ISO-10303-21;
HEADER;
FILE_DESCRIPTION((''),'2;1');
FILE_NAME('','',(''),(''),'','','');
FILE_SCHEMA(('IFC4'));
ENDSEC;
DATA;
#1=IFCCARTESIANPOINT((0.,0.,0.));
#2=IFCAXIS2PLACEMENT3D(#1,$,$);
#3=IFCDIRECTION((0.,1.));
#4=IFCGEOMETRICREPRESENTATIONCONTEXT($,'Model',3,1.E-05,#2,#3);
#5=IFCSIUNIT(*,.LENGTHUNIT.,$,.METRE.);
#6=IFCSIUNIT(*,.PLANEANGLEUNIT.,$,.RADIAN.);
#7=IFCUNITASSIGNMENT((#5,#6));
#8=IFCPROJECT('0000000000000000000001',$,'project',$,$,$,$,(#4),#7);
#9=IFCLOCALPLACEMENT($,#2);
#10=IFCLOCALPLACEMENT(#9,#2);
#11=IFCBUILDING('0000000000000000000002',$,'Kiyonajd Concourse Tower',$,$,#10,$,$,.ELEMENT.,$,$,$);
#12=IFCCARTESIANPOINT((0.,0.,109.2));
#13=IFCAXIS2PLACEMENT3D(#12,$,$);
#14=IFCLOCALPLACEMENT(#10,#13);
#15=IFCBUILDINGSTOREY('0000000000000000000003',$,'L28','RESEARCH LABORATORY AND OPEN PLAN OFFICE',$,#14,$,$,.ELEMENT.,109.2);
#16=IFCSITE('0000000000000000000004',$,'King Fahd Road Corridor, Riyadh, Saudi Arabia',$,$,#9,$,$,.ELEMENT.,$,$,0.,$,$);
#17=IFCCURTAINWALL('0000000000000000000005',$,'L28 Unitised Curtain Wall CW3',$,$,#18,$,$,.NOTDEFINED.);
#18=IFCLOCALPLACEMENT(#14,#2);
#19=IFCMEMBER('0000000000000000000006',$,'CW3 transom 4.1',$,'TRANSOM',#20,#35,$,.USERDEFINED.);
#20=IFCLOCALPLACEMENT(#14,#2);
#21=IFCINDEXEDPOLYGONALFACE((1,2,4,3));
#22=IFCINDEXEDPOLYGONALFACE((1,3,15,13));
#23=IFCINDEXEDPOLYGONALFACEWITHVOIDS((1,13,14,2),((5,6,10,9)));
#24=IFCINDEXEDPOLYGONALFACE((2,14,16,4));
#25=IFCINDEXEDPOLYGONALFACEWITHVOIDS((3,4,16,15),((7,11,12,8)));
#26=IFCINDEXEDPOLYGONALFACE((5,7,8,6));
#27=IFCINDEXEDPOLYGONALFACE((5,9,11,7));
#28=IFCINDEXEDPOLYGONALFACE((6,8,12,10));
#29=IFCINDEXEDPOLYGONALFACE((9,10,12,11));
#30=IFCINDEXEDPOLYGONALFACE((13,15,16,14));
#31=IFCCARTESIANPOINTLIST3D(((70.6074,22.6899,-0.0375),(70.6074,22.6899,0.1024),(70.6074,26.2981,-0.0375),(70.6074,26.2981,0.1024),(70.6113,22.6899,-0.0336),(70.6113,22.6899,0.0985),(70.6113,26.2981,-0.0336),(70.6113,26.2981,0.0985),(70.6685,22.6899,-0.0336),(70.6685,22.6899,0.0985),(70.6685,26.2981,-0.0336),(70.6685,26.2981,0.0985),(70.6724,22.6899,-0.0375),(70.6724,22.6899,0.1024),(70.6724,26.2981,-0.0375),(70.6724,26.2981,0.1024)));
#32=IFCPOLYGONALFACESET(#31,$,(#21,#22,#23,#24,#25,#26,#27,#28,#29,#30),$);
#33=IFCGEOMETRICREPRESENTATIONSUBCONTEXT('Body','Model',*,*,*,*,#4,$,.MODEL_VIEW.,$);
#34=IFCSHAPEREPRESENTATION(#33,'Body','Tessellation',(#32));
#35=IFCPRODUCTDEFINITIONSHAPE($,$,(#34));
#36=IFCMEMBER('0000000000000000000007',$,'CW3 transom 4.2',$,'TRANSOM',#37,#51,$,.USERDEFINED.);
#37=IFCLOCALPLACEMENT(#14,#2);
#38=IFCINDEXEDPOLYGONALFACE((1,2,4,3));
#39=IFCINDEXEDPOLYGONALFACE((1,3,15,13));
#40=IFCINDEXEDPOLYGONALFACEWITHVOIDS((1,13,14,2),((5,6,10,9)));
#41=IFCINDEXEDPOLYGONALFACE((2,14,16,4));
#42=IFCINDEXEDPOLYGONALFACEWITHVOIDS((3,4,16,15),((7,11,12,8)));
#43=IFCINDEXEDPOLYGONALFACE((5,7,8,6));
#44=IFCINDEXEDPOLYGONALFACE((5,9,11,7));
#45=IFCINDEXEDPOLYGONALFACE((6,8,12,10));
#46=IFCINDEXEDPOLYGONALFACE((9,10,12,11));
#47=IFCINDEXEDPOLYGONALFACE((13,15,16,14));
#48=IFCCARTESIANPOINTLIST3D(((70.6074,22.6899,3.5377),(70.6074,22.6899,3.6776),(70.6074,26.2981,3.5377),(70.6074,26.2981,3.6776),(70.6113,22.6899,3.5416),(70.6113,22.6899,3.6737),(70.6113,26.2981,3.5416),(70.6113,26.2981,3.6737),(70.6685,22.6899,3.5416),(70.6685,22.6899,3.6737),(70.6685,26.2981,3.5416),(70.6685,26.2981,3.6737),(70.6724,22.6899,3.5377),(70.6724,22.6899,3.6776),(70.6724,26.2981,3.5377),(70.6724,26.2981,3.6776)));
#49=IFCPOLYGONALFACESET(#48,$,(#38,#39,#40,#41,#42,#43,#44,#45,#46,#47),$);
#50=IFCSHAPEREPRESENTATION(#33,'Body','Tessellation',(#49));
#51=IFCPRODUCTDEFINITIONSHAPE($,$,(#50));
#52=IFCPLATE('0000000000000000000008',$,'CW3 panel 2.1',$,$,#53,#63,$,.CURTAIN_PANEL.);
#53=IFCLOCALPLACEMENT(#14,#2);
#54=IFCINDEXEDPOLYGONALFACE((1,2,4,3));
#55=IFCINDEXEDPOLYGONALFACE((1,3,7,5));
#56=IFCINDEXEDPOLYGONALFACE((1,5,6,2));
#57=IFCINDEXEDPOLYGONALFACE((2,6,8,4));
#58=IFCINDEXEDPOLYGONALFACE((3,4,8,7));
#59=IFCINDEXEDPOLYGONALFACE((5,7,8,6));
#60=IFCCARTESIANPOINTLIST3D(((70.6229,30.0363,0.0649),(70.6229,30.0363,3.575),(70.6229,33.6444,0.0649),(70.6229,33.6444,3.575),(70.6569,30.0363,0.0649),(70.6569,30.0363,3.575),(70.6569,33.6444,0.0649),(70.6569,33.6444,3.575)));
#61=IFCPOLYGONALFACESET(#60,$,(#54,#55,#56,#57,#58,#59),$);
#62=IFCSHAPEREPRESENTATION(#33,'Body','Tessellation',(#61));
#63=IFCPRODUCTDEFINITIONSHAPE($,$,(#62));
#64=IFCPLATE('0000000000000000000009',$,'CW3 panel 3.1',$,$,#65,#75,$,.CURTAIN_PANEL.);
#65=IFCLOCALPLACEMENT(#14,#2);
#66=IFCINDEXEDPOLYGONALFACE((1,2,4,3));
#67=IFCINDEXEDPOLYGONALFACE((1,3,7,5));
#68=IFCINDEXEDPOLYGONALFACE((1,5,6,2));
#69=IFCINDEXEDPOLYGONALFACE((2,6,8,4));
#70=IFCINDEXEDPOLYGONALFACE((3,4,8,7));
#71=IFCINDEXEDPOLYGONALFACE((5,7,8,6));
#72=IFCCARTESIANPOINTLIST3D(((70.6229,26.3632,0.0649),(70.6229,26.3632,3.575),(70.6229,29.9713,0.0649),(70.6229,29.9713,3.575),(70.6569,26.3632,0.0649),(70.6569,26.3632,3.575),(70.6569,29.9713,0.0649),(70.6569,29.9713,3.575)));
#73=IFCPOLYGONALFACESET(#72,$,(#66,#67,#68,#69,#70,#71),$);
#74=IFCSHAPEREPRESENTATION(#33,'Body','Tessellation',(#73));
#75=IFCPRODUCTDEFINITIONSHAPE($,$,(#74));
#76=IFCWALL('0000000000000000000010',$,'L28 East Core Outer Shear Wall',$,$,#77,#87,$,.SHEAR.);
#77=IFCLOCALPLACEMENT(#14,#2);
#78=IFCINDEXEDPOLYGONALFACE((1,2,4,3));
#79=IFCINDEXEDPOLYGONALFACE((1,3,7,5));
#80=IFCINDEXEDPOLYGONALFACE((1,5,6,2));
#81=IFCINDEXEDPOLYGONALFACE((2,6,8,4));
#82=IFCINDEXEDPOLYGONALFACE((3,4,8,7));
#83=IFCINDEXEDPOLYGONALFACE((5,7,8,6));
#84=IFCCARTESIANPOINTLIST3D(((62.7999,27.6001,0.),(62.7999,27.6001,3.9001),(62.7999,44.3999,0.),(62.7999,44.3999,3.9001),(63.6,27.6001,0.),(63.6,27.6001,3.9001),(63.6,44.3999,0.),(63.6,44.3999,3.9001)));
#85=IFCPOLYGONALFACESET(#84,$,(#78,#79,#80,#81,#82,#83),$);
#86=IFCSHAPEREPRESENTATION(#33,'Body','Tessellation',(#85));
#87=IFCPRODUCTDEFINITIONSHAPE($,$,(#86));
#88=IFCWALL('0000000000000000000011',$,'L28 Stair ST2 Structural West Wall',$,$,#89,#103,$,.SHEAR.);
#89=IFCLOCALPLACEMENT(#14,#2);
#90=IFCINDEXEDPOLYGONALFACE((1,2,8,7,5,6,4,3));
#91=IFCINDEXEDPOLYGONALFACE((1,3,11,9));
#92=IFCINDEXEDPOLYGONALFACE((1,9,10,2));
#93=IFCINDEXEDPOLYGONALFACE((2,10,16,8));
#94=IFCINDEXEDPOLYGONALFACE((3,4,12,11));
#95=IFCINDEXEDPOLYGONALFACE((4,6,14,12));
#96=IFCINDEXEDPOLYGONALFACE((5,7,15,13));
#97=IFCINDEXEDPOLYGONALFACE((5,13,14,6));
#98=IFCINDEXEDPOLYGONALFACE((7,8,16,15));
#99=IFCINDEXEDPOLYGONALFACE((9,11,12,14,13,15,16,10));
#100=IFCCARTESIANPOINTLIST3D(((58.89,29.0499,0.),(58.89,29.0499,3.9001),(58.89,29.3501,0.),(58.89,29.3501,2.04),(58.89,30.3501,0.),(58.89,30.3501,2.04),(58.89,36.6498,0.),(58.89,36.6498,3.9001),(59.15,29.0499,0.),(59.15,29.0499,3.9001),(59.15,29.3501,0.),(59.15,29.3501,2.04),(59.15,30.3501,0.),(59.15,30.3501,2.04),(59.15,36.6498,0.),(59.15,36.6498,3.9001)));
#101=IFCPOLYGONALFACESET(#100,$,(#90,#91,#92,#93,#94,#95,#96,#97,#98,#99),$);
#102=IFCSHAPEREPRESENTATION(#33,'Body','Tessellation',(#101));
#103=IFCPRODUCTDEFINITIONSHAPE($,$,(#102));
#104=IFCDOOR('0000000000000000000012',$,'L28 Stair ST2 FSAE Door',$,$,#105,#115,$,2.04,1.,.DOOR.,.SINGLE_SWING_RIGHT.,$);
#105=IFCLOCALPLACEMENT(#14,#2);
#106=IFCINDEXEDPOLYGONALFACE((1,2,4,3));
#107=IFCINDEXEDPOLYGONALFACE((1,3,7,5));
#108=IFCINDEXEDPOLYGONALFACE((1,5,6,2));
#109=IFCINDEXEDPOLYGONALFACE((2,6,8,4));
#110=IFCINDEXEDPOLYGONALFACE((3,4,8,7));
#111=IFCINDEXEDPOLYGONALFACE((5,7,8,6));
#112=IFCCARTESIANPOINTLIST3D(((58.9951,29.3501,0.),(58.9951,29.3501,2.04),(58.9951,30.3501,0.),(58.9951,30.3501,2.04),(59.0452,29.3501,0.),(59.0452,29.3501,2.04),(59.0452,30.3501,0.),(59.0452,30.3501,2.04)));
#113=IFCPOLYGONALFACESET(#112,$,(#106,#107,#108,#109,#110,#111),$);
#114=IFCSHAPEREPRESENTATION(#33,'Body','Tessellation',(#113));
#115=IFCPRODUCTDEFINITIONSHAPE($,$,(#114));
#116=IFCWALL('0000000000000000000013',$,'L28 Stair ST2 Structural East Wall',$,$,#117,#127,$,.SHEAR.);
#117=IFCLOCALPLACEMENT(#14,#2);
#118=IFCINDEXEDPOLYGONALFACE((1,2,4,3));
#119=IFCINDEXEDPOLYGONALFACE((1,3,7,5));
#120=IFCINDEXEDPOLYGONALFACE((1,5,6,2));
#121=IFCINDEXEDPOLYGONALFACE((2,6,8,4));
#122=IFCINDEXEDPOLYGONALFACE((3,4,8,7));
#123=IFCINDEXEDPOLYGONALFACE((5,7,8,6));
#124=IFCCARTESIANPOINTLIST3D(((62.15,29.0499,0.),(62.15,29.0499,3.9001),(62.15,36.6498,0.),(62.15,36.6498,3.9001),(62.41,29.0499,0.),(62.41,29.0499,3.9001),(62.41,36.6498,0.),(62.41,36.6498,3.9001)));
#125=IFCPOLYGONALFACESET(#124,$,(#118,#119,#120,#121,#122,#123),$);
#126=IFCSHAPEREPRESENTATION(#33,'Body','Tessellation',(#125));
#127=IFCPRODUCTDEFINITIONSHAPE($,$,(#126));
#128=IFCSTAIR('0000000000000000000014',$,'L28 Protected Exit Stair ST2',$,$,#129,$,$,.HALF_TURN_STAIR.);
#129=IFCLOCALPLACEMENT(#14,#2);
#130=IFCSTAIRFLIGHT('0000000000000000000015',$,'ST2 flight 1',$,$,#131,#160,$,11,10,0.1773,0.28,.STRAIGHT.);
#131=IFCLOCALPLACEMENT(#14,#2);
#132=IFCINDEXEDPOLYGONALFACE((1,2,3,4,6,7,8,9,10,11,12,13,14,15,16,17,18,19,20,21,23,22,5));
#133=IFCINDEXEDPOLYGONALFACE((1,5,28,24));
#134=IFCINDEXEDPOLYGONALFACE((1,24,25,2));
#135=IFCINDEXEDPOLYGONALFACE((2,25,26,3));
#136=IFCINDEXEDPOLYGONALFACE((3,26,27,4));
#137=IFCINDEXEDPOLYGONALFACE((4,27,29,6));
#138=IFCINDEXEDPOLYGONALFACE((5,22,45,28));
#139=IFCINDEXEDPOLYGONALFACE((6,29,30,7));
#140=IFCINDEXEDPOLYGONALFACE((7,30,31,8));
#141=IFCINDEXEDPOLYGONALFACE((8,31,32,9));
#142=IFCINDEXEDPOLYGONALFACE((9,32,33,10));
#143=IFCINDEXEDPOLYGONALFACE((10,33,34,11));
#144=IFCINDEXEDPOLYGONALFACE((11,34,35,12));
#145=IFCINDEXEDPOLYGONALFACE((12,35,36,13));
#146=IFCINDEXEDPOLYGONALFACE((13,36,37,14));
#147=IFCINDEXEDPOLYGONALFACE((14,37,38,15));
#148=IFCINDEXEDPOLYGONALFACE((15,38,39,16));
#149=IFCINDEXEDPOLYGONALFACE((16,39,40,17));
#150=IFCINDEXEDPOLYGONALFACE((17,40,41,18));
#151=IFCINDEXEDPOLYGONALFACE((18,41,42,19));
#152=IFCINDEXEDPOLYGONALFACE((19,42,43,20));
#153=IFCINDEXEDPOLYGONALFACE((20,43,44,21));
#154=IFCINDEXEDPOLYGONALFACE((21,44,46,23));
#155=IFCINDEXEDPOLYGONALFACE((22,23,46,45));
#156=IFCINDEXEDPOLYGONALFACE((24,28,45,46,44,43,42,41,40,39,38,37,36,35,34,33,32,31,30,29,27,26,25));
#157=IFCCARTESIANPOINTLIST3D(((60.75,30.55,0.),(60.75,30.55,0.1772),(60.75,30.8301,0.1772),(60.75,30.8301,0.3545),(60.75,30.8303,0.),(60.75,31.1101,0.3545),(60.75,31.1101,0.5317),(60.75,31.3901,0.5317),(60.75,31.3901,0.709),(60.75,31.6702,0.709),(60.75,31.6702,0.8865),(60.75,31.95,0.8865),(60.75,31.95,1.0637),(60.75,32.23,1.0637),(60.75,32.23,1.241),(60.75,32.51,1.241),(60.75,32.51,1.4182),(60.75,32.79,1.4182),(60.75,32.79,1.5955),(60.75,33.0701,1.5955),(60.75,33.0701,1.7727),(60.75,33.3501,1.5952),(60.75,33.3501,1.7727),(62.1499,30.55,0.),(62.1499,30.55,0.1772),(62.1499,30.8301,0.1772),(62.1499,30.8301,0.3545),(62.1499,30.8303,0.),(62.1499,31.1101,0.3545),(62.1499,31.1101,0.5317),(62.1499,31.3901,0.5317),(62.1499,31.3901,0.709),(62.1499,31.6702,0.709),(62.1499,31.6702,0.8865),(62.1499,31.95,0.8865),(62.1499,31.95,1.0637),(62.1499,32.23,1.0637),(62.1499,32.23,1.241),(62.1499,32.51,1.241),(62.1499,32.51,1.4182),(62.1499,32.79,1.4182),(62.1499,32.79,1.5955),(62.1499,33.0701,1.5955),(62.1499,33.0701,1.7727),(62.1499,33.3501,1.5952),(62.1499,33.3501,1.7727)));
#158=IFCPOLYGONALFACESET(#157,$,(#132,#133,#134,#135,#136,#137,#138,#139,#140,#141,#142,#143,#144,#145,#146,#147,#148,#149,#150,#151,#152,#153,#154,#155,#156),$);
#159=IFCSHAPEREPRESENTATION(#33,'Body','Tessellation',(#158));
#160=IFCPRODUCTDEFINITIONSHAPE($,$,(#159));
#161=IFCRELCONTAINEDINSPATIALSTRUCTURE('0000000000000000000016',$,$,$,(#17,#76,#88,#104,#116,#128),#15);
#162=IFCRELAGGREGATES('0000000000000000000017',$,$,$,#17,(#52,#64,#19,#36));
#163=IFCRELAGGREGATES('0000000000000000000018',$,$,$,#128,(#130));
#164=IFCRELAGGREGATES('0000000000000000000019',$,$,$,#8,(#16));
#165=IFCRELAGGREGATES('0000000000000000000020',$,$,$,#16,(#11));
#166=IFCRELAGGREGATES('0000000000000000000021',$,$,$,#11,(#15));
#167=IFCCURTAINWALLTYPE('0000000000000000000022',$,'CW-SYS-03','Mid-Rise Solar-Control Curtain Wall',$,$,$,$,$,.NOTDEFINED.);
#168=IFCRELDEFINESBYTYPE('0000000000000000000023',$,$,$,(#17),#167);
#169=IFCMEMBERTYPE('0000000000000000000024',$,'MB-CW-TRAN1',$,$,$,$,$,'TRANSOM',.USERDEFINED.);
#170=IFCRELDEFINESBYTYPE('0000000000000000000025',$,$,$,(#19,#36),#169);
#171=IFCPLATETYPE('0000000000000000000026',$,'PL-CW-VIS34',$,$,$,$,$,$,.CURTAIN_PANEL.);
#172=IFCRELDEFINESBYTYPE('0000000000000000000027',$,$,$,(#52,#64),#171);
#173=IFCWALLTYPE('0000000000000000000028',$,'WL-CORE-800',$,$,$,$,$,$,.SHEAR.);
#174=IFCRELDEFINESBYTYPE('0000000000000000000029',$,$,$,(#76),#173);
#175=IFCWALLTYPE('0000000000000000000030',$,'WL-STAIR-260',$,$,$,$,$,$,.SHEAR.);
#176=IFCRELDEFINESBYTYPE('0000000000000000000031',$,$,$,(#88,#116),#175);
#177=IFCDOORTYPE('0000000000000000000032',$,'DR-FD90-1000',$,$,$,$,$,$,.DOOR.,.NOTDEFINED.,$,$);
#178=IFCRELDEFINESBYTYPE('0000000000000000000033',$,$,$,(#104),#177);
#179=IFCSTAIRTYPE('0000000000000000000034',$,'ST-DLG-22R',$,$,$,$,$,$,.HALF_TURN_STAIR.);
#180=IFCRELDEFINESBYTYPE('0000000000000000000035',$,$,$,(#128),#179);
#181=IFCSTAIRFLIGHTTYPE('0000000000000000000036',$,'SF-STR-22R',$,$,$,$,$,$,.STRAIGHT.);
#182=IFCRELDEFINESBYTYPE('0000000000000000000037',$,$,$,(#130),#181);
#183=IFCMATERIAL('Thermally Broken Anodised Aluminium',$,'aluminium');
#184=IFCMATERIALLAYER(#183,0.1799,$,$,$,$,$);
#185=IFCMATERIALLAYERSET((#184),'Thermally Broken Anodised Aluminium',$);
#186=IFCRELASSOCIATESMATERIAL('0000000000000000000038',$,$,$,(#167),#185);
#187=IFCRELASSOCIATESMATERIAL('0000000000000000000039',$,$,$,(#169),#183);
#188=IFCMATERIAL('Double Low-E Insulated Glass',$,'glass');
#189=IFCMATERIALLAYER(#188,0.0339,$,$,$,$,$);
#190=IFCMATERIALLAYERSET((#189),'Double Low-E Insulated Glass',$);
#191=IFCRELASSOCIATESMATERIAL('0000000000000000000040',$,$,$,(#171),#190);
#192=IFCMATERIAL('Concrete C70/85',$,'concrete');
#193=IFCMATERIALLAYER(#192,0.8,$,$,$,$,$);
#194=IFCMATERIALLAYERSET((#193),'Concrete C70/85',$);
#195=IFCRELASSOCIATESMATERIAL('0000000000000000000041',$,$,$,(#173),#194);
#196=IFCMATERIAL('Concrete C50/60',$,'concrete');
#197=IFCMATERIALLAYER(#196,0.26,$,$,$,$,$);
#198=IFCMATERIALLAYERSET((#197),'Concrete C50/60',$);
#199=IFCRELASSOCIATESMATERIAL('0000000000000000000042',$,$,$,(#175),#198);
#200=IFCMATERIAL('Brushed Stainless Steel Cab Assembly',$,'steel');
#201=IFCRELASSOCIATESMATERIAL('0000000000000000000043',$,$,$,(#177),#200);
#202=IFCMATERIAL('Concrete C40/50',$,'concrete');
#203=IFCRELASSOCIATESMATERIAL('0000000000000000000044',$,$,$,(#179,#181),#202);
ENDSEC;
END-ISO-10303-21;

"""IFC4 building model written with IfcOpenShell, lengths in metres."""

from ifc_helpers import new_model, si_unit, direction, frame, frame_2d, origin, origin_2d, place, context, subcontext, project, spatial, polyline, rectangle, hollow_rectangle, outline, extrude, material, layer, layer_set, material_profile, profile_set, type_object, element, fill, aggregate, save


model = new_model("IFC4")

# Units and contexts
model_context = context("Model", 3, precision=1e-05, world=origin(), true_north=direction((0.0, 1.0)))
body_context = subcontext(model_context, "Body", "Model", "MODEL_VIEW")
ifc_project = project(units=[si_unit("LENGTHUNIT", "METRE"), si_unit("PLANEANGLEUNIT", "RADIAN")], contexts=[model_context])

# Site, building, storey
site_placement = place(None, origin())
site = spatial("IfcSite", under=ifc_project, at=site_placement, Name="King Fahd Road Corridor, Riyadh, Saudi Arabia", CompositionType="ELEMENT", RefElevation=0.0)
building_placement = place(site_placement, origin())
building = spatial("IfcBuilding", under=site, at=building_placement, Name="Kiyonajd Concourse Tower", CompositionType="ELEMENT")
storey_placement = place(building_placement, frame((0.0, 0.0, 109.2)))
storey = spatial("IfcBuildingStorey", under=building, at=storey_placement, Name="L28", Description="RESEARCH LABORATORY AND OPEN PLAN OFFICE", CompositionType="ELEMENT", Elevation=109.2)

# Shared definitions
ifc_material_1 = material(Name="Concrete C70/85", Category="concrete")

# Curtain wall, members, plates
ifc_material_2 = material(Name="Thermally Broken Anodised Aluminium", Category="aluminium")
ifc_layer_1 = layer(ifc_material_2, 0.1799)
ifc_layer_set_1 = layer_set([ifc_layer_1], Name="Thermally Broken Anodised Aluminium")
curtain_wall_type = type_object("IfcCurtainWallType", Name="CW-SYS-03", Description="Mid-Rise Solar-Control Curtain Wall", PredefinedType="NOTDEFINED", material=ifc_layer_set_1)
curtain_wall_placement = place(storey_placement, origin())
curtain_wall = element("IfcCurtainWall", 1, at=curtain_wall_placement, inside=storey, type_object=curtain_wall_type, Name="L28 Unitised Curtain Wall CW3", PredefinedType="NOTDEFINED")
ifc_material_profile_1 = material_profile(ifc_material_2, hollow_rectangle(XDim=0.0649, YDim=0.1399, WallThickness=0.0039, at=origin_2d()), Name="TRAN-65x140")
ifc_profile_set_1 = profile_set([ifc_material_profile_1], Name="Thermally Broken Anodised Aluminium")
member_type_1 = type_object("IfcMemberType", Name="MB-CW-TRAN1", ElementType="TRANSOM", PredefinedType="USERDEFINED", material=ifc_profile_set_1)
member_1_placement = place(storey_placement, frame((70.6399, 26.2981, 0.0325), z_axis=(0.0, -1.0, 0.0), x_axis=(1.0, 0.0, 0.0)))
member_1 = element("IfcMember", 2, at=member_1_placement, type_object=member_type_1, Name="CW3 transom 4.1", ObjectType="TRANSOM", PredefinedType="USERDEFINED", context=body_context, shape_type="SweptSolid", body=[
    extrude(hollow_rectangle(XDim=0.0649, YDim=0.1399, WallThickness=0.0039, at=origin_2d()), origin(), (0.0, 0.0, 1.0), 3.6082),
])
member_2_placement = place(storey_placement, frame((70.6399, 26.2981, 3.6077), z_axis=(0.0, -1.0, 0.0), x_axis=(1.0, 0.0, 0.0)))
member_2 = element("IfcMember", 3, at=member_2_placement, type_object=member_type_1, Name="CW3 transom 4.2", ObjectType="TRANSOM", PredefinedType="USERDEFINED", context=body_context, shape_type="SweptSolid", body=[
    extrude(hollow_rectangle(XDim=0.0649, YDim=0.1399, WallThickness=0.0039, at=origin_2d()), origin(), (0.0, 0.0, 1.0), 3.6082),
])
ifc_material_3 = material(Name="Double Low-E Insulated Glass", Category="glass")
ifc_layer_2 = layer(ifc_material_3, 0.0339)
ifc_layer_set_2 = layer_set([ifc_layer_2], Name="Double Low-E Insulated Glass")
plate_type = type_object("IfcPlateType", Name="PL-CW-VIS34", PredefinedType="CURTAIN_PANEL", material=ifc_layer_set_2)
plate_1_placement = place(storey_placement, frame((70.6399, 31.8403, 0.0649), z_axis=(0.0, 0.0, 1.0), x_axis=(0.0, -1.0, 0.0)))
plate_1 = element("IfcPlate", 4, at=plate_1_placement, type_object=plate_type, Name="CW3 panel 2.1", PredefinedType="CURTAIN_PANEL", context=body_context, shape_type="SweptSolid", body=[
    extrude(rectangle(XDim=3.6082, YDim=0.0339, at=origin_2d()), origin(), (0.0, 0.0, 1.0), 3.51),
])
plate_2_placement = place(storey_placement, frame((70.6399, 28.1672, 0.0649), z_axis=(0.0, 0.0, 1.0), x_axis=(0.0, -1.0, 0.0)))
plate_2 = element("IfcPlate", 5, at=plate_2_placement, type_object=plate_type, Name="CW3 panel 3.1", PredefinedType="CURTAIN_PANEL", context=body_context, shape_type="SweptSolid", body=[
    extrude(rectangle(XDim=3.6082, YDim=0.0339, at=origin_2d()), origin(), (0.0, 0.0, 1.0), 3.51),
])
aggregate(curtain_wall, [plate_1, plate_2, member_1, member_2])

# Wall
ifc_layer_3 = layer(ifc_material_1, 0.8)
ifc_layer_set_3 = layer_set([ifc_layer_3], Name="Concrete C70/85")
wall_type_1 = type_object("IfcWallType", Name="WL-CORE-800", PredefinedType="SHEAR", material=ifc_layer_set_3)
wall_1_placement = place(storey_placement, frame((63.2, 27.6001, 0.0), z_axis=(0.0, 0.0, 1.0), x_axis=(0.0, 1.0, 0.0)))
element("IfcWall", 6, at=wall_1_placement, inside=storey, type_object=wall_type_1, Name="L28 East Core Outer Shear Wall", PredefinedType="SHEAR", context=body_context, shape_type="SweptSolid", body=[
    extrude(rectangle(XDim=16.7998, YDim=0.8, at=frame_2d((8.3999, 0.0))), origin(), (0.0, 0.0, 1.0), 3.9001),
])

# Wall, opening, door
ifc_material_4 = material(Name="Concrete C50/60", Category="concrete")
ifc_layer_4 = layer(ifc_material_4, 0.26)
ifc_layer_set_4 = layer_set([ifc_layer_4], Name="Concrete C50/60")
wall_type_2 = type_object("IfcWallType", Name="WL-STAIR-260", PredefinedType="SHEAR", material=ifc_layer_set_4)
wall_2_placement = place(storey_placement, frame((59.02, 29.05, 0.0), z_axis=(0.0, 0.0, 1.0), x_axis=(0.0, 1.0, 0.0)))
wall_2 = element("IfcWall", 7, at=wall_2_placement, inside=storey, type_object=wall_type_2, Name="L28 Stair ST2 Structural West Wall", PredefinedType="SHEAR", context=body_context, shape_type="SweptSolid", body=[
    extrude(rectangle(XDim=7.5999, YDim=0.26, at=frame_2d((3.7998, 0.0))), origin(), (0.0, 0.0, 1.0), 3.9001),
])
opening_placement = place(wall_2_placement, frame((0.3, 0.0, 0.0)))
opening = element("IfcOpeningElement", 8, at=opening_placement, cuts=wall_2, PredefinedType="OPENING", context=body_context, shape_type="SweptSolid", body=[
    extrude(rectangle(XDim=1.0, YDim=2.04, at=frame_2d((0.5, 1.02))), frame((0.0, 0.1399, 0.0), z_axis=(0.0, -1.0, 0.0), x_axis=(1.0, 0.0, 0.0)), (0.0, 0.0, 1.0), 0.28),
])
ifc_material_5 = material(Name="Brushed Stainless Steel Cab Assembly", Category="steel")
door_type = type_object("IfcDoorType", Name="DR-FD90-1000", OperationType="NOTDEFINED", PredefinedType="DOOR", material=ifc_material_5)
door_placement = place(opening_placement, origin())
door = element("IfcDoor", 9, at=door_placement, inside=storey, type_object=door_type, Name="L28 Stair ST2 FSAE Door", OperationType="SINGLE_SWING_RIGHT", OverallHeight=2.04, OverallWidth=1.0, PredefinedType="DOOR", context=body_context, shape_type="SweptSolid", body=[
    extrude(rectangle(XDim=1.0, YDim=2.04, at=frame_2d((0.5, 1.02))), frame((0.0, 0.0249, 0.0), z_axis=(0.0, -1.0, 0.0), x_axis=(1.0, 0.0, 0.0)), (0.0, 0.0, 1.0), 0.05),
])
fill(opening, door)

# Wall
wall_3_placement = place(storey_placement, frame((62.28, 29.05, 0.0), z_axis=(0.0, 0.0, 1.0), x_axis=(0.0, 1.0, 0.0)))
element("IfcWall", 10, at=wall_3_placement, inside=storey, type_object=wall_type_2, Name="L28 Stair ST2 Structural East Wall", PredefinedType="SHEAR", context=body_context, shape_type="SweptSolid", body=[
    extrude(rectangle(XDim=7.5999, YDim=0.26, at=frame_2d((3.7998, 0.0))), origin(), (0.0, 0.0, 1.0), 3.9001),
])

# Stair, stair flight
ifc_material_6 = material(Name="Concrete C40/50", Category="concrete")
stair_type = type_object("IfcStairType", Name="ST-DLG-22R", PredefinedType="HALF_TURN_STAIR", material=ifc_material_6)
stair_placement = place(storey_placement, origin())
stair = element("IfcStair", 11, at=stair_placement, inside=storey, type_object=stair_type, Name="L28 Protected Exit Stair ST2", PredefinedType="HALF_TURN_STAIR")
stair_flight_type = type_object("IfcStairFlightType", Name="SF-STR-22R", PredefinedType="STRAIGHT", material=ifc_material_6)
stair_flight_1_placement = place(storey_placement, frame((61.45, 30.55, 0.0), z_axis=(0.0, 0.0, 1.0), x_axis=(0.0, 1.0, 0.0)))
stair_flight_1 = element("IfcStairFlight", 12, at=stair_flight_1_placement, type_object=stair_flight_type, Name="ST2 flight 1", NumberOfRisers=11, NumberOfTreads=10, PredefinedType="STRAIGHT", RiserHeight=0.1773, TreadLength=0.28, context=body_context, shape_type="SweptSolid", body=[
    extrude(outline(polyline([(0.0, 0.0), (0.0, 0.1772), (0.28, 0.1772), (0.28, 0.3545), (0.5601, 0.3545), (0.5601, 0.5317), (0.8401, 0.5317), (0.8401, 0.709), (1.1201, 0.709), (1.1201, 0.8865), (1.3999, 0.8865), (1.3999, 1.0637), (1.6799, 1.0637), (1.6799, 1.241), (1.96, 1.241), (1.96, 1.4182), (2.24, 1.4182), (2.24, 1.5955), (2.52, 1.5955), (2.52, 1.7727), (2.8, 1.7727), (2.8, 1.95), (2.8, 1.5952), (0.2803, 0.0), (0.0, 0.0)])), frame((0.0, 0.7, 0.0), z_axis=(0.0, -1.0, 0.0), x_axis=(1.0, 0.0, 0.0)), (0.0, 0.0, 1.0), 1.3999),
])
aggregate(stair, [stair_flight_1])

save(model, "model.ifc")
